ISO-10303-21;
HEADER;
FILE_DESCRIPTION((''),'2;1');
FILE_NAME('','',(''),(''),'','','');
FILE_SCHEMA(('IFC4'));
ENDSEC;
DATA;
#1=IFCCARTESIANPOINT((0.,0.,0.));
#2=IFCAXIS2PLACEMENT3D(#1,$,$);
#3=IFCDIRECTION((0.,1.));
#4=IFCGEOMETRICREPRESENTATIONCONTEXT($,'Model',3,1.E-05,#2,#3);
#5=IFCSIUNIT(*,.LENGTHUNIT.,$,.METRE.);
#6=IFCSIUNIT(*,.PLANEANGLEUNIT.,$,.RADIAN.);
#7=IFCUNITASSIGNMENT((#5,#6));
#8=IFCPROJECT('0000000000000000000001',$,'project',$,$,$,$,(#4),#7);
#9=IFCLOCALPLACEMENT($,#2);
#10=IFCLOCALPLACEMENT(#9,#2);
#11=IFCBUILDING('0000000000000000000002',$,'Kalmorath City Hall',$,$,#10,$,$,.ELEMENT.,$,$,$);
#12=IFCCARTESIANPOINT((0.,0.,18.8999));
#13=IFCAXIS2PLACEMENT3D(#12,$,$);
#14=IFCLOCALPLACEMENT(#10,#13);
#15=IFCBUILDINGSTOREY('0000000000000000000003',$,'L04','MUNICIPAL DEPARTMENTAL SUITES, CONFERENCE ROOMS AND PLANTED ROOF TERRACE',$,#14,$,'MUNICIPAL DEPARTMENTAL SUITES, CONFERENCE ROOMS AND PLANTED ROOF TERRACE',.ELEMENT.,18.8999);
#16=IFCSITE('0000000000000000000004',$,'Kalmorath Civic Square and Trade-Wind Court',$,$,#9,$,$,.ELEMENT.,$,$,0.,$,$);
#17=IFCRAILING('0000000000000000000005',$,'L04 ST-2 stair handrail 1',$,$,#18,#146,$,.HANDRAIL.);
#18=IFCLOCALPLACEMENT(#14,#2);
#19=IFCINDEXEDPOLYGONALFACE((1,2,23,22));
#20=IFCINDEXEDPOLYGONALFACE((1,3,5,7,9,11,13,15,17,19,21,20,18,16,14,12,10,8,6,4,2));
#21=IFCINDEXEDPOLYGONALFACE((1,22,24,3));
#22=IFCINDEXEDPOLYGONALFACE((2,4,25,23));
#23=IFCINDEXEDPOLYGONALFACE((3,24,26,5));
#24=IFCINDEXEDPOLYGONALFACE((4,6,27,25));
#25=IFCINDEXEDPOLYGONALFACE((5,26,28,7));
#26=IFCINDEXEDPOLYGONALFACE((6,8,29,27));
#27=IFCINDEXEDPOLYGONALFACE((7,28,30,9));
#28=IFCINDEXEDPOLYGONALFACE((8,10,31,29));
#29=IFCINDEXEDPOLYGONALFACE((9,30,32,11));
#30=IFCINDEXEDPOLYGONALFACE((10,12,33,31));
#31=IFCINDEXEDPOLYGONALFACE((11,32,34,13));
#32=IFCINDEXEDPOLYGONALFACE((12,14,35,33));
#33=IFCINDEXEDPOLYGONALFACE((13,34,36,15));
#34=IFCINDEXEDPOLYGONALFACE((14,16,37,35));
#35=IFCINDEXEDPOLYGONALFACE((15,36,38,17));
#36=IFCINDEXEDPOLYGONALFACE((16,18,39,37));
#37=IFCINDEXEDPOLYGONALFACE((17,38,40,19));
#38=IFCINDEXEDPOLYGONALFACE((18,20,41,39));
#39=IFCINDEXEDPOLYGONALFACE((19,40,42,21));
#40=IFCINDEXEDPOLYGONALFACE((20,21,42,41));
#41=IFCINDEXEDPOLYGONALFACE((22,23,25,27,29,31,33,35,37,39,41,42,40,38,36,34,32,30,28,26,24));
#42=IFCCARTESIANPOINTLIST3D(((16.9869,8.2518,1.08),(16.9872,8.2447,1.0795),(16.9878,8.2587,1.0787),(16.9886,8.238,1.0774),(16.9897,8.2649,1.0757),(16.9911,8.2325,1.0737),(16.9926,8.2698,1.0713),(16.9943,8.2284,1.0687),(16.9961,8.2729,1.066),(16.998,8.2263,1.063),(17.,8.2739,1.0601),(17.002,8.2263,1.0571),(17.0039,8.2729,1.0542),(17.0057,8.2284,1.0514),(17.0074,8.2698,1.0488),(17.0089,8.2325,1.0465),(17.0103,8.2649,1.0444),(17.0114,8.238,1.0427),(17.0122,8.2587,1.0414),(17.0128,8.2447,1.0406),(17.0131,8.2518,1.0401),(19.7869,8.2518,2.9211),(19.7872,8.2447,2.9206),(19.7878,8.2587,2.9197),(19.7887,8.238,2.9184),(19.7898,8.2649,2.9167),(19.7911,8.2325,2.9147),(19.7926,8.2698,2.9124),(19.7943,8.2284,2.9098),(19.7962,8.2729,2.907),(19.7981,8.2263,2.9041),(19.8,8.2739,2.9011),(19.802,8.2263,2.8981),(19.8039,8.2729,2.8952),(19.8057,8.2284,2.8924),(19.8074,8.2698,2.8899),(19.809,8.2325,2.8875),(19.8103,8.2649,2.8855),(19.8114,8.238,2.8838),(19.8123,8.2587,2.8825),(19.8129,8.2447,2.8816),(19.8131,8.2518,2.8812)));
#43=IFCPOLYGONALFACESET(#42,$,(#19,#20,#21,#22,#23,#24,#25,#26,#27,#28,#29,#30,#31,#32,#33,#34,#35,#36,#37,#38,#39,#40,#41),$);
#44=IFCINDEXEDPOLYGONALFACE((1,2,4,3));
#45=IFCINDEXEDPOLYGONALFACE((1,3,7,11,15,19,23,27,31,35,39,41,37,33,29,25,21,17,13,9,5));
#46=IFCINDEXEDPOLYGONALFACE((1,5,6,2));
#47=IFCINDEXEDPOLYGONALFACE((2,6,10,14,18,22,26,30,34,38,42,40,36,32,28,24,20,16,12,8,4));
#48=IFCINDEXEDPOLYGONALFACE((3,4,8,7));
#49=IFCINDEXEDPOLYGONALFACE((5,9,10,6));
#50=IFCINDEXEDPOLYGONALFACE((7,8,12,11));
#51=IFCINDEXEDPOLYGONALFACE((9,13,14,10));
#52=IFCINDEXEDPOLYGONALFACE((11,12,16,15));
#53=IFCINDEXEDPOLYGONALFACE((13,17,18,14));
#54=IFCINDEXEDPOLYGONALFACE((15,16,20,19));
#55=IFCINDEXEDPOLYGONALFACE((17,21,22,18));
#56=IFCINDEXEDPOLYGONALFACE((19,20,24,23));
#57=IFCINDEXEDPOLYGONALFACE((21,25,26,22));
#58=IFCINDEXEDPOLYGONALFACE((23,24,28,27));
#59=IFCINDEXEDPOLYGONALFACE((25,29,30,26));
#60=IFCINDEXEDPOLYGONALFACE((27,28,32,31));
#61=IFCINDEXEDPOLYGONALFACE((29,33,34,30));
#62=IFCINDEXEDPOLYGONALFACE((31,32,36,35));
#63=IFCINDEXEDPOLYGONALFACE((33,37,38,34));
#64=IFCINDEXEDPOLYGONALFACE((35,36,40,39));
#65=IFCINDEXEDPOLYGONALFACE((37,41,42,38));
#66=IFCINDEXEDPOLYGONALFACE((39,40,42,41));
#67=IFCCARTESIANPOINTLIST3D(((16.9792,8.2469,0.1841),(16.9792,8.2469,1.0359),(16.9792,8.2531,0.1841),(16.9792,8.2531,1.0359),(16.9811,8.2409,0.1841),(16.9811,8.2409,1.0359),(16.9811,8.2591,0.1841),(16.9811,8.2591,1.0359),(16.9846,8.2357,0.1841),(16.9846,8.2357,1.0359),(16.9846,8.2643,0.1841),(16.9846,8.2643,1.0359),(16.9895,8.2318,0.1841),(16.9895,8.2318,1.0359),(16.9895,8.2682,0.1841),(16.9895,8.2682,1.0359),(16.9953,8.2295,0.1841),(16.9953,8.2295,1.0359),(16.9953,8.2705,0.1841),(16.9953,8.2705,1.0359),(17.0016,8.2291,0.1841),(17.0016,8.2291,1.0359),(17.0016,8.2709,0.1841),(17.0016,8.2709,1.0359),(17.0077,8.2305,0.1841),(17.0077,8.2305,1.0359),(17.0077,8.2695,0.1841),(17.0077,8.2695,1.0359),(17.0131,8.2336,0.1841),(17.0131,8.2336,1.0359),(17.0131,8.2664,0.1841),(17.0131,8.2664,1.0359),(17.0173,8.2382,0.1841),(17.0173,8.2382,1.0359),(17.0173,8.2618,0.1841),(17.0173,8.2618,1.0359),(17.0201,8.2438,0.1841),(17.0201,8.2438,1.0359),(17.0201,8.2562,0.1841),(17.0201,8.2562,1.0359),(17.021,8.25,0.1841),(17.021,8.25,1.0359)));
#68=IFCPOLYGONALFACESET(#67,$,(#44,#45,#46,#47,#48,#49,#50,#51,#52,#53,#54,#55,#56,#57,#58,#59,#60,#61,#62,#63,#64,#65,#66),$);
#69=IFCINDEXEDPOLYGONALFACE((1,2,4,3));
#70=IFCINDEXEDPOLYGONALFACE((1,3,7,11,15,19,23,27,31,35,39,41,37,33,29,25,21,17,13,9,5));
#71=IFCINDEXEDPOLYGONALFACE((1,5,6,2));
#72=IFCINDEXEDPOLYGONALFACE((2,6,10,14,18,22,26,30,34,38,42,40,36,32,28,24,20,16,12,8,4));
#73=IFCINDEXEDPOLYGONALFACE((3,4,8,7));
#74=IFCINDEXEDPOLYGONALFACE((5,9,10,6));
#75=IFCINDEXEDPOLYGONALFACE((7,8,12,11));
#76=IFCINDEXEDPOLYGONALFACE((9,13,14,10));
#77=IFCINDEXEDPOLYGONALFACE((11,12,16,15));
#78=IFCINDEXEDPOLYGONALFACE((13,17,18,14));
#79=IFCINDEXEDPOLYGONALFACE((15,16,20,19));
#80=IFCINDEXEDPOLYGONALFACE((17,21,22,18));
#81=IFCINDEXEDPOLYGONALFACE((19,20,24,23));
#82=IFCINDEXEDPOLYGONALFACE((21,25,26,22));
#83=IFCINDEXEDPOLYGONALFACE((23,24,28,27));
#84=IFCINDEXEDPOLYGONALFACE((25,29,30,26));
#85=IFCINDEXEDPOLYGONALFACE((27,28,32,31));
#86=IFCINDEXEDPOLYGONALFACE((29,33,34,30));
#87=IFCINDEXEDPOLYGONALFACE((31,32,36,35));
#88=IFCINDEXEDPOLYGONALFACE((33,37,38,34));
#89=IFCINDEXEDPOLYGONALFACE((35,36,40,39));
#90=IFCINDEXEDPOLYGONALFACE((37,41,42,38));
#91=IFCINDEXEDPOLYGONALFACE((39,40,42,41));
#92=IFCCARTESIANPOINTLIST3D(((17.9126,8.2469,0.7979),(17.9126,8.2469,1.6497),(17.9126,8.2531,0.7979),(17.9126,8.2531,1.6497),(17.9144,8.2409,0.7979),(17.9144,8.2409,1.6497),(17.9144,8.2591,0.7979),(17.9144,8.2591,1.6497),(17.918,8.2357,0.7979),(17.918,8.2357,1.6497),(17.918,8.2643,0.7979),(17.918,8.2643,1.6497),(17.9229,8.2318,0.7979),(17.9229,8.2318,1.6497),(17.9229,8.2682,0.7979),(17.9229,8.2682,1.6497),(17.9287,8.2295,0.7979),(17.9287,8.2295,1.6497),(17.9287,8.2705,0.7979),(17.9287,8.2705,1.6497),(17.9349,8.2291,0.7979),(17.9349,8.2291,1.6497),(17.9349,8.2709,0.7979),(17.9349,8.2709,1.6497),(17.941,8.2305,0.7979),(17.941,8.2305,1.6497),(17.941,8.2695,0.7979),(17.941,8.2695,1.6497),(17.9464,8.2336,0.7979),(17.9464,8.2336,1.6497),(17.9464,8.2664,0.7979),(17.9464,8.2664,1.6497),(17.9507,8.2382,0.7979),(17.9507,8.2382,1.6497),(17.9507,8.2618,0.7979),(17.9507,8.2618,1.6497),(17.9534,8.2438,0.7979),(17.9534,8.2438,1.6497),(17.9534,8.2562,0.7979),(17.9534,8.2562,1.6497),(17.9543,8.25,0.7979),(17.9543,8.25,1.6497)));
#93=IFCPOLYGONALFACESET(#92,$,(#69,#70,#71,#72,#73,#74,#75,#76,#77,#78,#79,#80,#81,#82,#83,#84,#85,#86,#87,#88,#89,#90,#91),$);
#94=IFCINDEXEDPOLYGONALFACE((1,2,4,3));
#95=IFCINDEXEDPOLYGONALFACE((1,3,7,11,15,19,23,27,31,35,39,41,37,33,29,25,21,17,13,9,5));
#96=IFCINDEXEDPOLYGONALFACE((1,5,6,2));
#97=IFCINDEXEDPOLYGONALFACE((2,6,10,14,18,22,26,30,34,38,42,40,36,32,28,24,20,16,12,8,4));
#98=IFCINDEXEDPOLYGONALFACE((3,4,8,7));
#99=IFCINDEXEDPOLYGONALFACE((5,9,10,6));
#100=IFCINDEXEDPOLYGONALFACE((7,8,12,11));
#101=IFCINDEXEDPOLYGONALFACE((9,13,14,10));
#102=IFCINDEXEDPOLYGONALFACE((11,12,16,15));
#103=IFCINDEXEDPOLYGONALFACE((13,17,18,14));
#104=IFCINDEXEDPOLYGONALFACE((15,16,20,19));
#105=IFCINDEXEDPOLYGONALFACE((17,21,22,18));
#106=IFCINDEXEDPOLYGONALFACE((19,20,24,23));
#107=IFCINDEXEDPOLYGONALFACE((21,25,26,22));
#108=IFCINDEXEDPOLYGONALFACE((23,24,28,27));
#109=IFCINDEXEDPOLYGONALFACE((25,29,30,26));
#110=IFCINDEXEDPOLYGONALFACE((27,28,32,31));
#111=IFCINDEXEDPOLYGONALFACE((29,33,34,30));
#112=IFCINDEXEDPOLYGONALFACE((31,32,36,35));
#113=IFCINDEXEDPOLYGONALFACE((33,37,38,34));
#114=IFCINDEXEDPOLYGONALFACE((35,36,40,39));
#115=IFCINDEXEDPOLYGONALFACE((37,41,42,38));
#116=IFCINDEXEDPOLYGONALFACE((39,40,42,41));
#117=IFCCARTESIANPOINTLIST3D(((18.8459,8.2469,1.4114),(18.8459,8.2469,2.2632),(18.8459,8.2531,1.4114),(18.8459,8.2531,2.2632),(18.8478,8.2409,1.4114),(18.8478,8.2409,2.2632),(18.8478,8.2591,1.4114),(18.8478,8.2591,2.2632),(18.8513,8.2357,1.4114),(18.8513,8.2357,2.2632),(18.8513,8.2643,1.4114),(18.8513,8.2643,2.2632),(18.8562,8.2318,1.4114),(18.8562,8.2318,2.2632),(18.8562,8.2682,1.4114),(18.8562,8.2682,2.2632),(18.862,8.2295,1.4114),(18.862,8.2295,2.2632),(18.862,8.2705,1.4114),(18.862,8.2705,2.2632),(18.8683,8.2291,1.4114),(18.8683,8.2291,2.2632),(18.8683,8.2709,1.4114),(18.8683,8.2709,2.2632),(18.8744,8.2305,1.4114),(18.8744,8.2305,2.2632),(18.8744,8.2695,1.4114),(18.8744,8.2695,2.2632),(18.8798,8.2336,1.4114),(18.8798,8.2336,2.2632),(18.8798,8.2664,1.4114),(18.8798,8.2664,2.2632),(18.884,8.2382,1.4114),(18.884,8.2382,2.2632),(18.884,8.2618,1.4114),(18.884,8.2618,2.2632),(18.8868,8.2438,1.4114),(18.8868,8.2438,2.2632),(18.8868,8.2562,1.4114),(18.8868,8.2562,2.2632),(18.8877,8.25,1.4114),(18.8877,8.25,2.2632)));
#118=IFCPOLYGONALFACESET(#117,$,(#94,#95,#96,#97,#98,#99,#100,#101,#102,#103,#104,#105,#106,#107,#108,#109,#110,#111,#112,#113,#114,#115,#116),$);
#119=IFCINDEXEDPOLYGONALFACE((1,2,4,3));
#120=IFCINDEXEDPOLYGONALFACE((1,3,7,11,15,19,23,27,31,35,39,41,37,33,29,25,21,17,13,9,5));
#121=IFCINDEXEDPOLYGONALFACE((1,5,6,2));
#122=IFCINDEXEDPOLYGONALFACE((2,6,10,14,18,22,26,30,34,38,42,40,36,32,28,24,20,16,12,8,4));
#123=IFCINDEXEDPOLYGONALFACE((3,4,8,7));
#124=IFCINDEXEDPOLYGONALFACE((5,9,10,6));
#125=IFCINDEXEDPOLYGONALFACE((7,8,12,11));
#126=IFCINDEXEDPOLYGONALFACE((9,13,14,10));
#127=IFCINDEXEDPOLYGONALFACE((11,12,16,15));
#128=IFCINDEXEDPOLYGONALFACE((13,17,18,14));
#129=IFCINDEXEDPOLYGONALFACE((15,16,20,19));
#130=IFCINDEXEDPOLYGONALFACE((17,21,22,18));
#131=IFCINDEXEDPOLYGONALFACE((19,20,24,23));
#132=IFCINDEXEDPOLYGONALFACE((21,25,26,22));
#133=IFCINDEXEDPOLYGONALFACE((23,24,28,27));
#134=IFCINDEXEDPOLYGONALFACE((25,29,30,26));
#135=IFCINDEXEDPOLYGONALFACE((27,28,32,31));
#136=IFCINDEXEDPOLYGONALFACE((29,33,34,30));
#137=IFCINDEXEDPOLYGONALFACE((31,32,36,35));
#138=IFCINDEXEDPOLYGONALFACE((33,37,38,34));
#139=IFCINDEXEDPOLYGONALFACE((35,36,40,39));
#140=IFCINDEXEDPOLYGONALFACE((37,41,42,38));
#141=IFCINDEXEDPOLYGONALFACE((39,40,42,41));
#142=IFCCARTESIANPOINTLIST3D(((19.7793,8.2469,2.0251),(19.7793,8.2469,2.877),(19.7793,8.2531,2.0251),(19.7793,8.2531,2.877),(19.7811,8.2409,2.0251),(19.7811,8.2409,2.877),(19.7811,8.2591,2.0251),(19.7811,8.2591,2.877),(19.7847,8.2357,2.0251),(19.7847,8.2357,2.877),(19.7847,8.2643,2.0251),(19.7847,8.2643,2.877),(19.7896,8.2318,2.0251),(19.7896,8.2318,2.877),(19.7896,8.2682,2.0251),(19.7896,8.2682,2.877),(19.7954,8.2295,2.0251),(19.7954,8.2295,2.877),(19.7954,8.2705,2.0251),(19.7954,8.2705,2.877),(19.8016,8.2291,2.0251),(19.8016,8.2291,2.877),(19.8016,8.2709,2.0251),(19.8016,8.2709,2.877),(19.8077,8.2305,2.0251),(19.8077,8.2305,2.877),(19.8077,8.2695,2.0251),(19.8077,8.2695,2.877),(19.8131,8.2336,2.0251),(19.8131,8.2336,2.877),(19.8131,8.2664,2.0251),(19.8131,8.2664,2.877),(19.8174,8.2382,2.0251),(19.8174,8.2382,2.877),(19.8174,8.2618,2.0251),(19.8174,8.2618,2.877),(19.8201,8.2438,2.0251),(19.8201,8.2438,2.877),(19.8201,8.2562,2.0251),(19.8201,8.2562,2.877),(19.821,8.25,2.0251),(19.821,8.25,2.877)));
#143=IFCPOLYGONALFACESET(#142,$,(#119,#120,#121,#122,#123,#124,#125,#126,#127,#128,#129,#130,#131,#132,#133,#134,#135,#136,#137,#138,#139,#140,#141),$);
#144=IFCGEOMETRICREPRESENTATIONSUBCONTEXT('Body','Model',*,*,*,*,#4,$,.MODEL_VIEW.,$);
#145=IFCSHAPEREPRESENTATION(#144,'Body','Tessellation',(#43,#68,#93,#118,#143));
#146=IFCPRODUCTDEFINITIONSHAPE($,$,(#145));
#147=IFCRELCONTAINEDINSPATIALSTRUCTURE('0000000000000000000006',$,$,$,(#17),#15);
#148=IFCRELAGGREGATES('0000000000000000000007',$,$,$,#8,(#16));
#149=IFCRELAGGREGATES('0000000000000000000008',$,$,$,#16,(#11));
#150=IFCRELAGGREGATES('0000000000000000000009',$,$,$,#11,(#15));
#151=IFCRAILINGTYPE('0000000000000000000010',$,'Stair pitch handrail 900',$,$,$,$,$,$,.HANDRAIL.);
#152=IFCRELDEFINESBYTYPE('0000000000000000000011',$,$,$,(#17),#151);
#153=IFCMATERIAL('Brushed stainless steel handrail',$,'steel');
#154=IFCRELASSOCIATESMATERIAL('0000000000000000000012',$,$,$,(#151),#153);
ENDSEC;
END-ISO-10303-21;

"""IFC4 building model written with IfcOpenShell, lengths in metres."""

from ifc_helpers import new_model, si_unit, direction, frame, origin, origin_2d, place, context, subcontext, project, spatial, circle, extrude, material, type_object, element, save


model = new_model("IFC4")

# Units and contexts
model_context = context("Model", 3, precision=1e-05, world=origin(), true_north=direction((0.0, 1.0)))
body_context = subcontext(model_context, "Body", "Model", "MODEL_VIEW")
ifc_project = project(units=[si_unit("LENGTHUNIT", "METRE"), si_unit("PLANEANGLEUNIT", "RADIAN")], contexts=[model_context])

# Site, building, storey
site_placement = place(None, origin())
site = spatial("IfcSite", under=ifc_project, at=site_placement, Name="Kalmorath Civic Square and Trade-Wind Court", CompositionType="ELEMENT", RefElevation=0.0)
building_placement = place(site_placement, origin())
building = spatial("IfcBuilding", under=site, at=building_placement, Name="Kalmorath City Hall", CompositionType="ELEMENT")
storey_placement = place(building_placement, frame((0.0, 0.0, 18.8999)))
storey = spatial("IfcBuildingStorey", under=building, at=storey_placement, Name="L04", Description="MUNICIPAL DEPARTMENTAL SUITES, CONFERENCE ROOMS AND PLANTED ROOF TERRACE", LongName="MUNICIPAL DEPARTMENTAL SUITES, CONFERENCE ROOMS AND PLANTED ROOF TERRACE", CompositionType="ELEMENT", Elevation=18.8999)

# Railing
ifc_material_1 = material(Name="Brushed stainless steel handrail", Category="steel")
railing_type_1 = type_object("IfcRailingType", Name="Stair pitch handrail 900", PredefinedType="HANDRAIL", material=ifc_material_1)
railing_1_placement = place(storey_placement, frame((17.0, 8.25, 0.1841)))
element("IfcRailing", 1, at=railing_1_placement, inside=storey, type_object=railing_type_1, Name="L04 ST-2 stair handrail 1", PredefinedType="HANDRAIL", context=body_context, shape_type="SweptSolid", body=[
    extrude(circle(Radius=0.0239, at=origin_2d()), frame((0.0, 0.0, 0.876), z_axis=(0.835564, 0.0, 0.549393), x_axis=(0.0, 1.0, 0.0)), (0.0, 0.0, 1.0), 3.3511),
    extrude(circle(Radius=0.021, at=origin_2d()), origin(), (0.0, 0.0, 1.0), 0.8518),
    extrude(circle(Radius=0.021, at=origin_2d()), frame((0.9333, 0.0, 0.6138)), (0.0, 0.0, 1.0), 0.8518),
    extrude(circle(Radius=0.021, at=origin_2d()), frame((1.8667, 0.0, 1.2273)), (0.0, 0.0, 1.0), 0.8518),
    extrude(circle(Radius=0.021, at=origin_2d()), frame((2.8, 0.0, 1.8411)), (0.0, 0.0, 1.0), 0.8518),
])

save(model, "model.ifc")
